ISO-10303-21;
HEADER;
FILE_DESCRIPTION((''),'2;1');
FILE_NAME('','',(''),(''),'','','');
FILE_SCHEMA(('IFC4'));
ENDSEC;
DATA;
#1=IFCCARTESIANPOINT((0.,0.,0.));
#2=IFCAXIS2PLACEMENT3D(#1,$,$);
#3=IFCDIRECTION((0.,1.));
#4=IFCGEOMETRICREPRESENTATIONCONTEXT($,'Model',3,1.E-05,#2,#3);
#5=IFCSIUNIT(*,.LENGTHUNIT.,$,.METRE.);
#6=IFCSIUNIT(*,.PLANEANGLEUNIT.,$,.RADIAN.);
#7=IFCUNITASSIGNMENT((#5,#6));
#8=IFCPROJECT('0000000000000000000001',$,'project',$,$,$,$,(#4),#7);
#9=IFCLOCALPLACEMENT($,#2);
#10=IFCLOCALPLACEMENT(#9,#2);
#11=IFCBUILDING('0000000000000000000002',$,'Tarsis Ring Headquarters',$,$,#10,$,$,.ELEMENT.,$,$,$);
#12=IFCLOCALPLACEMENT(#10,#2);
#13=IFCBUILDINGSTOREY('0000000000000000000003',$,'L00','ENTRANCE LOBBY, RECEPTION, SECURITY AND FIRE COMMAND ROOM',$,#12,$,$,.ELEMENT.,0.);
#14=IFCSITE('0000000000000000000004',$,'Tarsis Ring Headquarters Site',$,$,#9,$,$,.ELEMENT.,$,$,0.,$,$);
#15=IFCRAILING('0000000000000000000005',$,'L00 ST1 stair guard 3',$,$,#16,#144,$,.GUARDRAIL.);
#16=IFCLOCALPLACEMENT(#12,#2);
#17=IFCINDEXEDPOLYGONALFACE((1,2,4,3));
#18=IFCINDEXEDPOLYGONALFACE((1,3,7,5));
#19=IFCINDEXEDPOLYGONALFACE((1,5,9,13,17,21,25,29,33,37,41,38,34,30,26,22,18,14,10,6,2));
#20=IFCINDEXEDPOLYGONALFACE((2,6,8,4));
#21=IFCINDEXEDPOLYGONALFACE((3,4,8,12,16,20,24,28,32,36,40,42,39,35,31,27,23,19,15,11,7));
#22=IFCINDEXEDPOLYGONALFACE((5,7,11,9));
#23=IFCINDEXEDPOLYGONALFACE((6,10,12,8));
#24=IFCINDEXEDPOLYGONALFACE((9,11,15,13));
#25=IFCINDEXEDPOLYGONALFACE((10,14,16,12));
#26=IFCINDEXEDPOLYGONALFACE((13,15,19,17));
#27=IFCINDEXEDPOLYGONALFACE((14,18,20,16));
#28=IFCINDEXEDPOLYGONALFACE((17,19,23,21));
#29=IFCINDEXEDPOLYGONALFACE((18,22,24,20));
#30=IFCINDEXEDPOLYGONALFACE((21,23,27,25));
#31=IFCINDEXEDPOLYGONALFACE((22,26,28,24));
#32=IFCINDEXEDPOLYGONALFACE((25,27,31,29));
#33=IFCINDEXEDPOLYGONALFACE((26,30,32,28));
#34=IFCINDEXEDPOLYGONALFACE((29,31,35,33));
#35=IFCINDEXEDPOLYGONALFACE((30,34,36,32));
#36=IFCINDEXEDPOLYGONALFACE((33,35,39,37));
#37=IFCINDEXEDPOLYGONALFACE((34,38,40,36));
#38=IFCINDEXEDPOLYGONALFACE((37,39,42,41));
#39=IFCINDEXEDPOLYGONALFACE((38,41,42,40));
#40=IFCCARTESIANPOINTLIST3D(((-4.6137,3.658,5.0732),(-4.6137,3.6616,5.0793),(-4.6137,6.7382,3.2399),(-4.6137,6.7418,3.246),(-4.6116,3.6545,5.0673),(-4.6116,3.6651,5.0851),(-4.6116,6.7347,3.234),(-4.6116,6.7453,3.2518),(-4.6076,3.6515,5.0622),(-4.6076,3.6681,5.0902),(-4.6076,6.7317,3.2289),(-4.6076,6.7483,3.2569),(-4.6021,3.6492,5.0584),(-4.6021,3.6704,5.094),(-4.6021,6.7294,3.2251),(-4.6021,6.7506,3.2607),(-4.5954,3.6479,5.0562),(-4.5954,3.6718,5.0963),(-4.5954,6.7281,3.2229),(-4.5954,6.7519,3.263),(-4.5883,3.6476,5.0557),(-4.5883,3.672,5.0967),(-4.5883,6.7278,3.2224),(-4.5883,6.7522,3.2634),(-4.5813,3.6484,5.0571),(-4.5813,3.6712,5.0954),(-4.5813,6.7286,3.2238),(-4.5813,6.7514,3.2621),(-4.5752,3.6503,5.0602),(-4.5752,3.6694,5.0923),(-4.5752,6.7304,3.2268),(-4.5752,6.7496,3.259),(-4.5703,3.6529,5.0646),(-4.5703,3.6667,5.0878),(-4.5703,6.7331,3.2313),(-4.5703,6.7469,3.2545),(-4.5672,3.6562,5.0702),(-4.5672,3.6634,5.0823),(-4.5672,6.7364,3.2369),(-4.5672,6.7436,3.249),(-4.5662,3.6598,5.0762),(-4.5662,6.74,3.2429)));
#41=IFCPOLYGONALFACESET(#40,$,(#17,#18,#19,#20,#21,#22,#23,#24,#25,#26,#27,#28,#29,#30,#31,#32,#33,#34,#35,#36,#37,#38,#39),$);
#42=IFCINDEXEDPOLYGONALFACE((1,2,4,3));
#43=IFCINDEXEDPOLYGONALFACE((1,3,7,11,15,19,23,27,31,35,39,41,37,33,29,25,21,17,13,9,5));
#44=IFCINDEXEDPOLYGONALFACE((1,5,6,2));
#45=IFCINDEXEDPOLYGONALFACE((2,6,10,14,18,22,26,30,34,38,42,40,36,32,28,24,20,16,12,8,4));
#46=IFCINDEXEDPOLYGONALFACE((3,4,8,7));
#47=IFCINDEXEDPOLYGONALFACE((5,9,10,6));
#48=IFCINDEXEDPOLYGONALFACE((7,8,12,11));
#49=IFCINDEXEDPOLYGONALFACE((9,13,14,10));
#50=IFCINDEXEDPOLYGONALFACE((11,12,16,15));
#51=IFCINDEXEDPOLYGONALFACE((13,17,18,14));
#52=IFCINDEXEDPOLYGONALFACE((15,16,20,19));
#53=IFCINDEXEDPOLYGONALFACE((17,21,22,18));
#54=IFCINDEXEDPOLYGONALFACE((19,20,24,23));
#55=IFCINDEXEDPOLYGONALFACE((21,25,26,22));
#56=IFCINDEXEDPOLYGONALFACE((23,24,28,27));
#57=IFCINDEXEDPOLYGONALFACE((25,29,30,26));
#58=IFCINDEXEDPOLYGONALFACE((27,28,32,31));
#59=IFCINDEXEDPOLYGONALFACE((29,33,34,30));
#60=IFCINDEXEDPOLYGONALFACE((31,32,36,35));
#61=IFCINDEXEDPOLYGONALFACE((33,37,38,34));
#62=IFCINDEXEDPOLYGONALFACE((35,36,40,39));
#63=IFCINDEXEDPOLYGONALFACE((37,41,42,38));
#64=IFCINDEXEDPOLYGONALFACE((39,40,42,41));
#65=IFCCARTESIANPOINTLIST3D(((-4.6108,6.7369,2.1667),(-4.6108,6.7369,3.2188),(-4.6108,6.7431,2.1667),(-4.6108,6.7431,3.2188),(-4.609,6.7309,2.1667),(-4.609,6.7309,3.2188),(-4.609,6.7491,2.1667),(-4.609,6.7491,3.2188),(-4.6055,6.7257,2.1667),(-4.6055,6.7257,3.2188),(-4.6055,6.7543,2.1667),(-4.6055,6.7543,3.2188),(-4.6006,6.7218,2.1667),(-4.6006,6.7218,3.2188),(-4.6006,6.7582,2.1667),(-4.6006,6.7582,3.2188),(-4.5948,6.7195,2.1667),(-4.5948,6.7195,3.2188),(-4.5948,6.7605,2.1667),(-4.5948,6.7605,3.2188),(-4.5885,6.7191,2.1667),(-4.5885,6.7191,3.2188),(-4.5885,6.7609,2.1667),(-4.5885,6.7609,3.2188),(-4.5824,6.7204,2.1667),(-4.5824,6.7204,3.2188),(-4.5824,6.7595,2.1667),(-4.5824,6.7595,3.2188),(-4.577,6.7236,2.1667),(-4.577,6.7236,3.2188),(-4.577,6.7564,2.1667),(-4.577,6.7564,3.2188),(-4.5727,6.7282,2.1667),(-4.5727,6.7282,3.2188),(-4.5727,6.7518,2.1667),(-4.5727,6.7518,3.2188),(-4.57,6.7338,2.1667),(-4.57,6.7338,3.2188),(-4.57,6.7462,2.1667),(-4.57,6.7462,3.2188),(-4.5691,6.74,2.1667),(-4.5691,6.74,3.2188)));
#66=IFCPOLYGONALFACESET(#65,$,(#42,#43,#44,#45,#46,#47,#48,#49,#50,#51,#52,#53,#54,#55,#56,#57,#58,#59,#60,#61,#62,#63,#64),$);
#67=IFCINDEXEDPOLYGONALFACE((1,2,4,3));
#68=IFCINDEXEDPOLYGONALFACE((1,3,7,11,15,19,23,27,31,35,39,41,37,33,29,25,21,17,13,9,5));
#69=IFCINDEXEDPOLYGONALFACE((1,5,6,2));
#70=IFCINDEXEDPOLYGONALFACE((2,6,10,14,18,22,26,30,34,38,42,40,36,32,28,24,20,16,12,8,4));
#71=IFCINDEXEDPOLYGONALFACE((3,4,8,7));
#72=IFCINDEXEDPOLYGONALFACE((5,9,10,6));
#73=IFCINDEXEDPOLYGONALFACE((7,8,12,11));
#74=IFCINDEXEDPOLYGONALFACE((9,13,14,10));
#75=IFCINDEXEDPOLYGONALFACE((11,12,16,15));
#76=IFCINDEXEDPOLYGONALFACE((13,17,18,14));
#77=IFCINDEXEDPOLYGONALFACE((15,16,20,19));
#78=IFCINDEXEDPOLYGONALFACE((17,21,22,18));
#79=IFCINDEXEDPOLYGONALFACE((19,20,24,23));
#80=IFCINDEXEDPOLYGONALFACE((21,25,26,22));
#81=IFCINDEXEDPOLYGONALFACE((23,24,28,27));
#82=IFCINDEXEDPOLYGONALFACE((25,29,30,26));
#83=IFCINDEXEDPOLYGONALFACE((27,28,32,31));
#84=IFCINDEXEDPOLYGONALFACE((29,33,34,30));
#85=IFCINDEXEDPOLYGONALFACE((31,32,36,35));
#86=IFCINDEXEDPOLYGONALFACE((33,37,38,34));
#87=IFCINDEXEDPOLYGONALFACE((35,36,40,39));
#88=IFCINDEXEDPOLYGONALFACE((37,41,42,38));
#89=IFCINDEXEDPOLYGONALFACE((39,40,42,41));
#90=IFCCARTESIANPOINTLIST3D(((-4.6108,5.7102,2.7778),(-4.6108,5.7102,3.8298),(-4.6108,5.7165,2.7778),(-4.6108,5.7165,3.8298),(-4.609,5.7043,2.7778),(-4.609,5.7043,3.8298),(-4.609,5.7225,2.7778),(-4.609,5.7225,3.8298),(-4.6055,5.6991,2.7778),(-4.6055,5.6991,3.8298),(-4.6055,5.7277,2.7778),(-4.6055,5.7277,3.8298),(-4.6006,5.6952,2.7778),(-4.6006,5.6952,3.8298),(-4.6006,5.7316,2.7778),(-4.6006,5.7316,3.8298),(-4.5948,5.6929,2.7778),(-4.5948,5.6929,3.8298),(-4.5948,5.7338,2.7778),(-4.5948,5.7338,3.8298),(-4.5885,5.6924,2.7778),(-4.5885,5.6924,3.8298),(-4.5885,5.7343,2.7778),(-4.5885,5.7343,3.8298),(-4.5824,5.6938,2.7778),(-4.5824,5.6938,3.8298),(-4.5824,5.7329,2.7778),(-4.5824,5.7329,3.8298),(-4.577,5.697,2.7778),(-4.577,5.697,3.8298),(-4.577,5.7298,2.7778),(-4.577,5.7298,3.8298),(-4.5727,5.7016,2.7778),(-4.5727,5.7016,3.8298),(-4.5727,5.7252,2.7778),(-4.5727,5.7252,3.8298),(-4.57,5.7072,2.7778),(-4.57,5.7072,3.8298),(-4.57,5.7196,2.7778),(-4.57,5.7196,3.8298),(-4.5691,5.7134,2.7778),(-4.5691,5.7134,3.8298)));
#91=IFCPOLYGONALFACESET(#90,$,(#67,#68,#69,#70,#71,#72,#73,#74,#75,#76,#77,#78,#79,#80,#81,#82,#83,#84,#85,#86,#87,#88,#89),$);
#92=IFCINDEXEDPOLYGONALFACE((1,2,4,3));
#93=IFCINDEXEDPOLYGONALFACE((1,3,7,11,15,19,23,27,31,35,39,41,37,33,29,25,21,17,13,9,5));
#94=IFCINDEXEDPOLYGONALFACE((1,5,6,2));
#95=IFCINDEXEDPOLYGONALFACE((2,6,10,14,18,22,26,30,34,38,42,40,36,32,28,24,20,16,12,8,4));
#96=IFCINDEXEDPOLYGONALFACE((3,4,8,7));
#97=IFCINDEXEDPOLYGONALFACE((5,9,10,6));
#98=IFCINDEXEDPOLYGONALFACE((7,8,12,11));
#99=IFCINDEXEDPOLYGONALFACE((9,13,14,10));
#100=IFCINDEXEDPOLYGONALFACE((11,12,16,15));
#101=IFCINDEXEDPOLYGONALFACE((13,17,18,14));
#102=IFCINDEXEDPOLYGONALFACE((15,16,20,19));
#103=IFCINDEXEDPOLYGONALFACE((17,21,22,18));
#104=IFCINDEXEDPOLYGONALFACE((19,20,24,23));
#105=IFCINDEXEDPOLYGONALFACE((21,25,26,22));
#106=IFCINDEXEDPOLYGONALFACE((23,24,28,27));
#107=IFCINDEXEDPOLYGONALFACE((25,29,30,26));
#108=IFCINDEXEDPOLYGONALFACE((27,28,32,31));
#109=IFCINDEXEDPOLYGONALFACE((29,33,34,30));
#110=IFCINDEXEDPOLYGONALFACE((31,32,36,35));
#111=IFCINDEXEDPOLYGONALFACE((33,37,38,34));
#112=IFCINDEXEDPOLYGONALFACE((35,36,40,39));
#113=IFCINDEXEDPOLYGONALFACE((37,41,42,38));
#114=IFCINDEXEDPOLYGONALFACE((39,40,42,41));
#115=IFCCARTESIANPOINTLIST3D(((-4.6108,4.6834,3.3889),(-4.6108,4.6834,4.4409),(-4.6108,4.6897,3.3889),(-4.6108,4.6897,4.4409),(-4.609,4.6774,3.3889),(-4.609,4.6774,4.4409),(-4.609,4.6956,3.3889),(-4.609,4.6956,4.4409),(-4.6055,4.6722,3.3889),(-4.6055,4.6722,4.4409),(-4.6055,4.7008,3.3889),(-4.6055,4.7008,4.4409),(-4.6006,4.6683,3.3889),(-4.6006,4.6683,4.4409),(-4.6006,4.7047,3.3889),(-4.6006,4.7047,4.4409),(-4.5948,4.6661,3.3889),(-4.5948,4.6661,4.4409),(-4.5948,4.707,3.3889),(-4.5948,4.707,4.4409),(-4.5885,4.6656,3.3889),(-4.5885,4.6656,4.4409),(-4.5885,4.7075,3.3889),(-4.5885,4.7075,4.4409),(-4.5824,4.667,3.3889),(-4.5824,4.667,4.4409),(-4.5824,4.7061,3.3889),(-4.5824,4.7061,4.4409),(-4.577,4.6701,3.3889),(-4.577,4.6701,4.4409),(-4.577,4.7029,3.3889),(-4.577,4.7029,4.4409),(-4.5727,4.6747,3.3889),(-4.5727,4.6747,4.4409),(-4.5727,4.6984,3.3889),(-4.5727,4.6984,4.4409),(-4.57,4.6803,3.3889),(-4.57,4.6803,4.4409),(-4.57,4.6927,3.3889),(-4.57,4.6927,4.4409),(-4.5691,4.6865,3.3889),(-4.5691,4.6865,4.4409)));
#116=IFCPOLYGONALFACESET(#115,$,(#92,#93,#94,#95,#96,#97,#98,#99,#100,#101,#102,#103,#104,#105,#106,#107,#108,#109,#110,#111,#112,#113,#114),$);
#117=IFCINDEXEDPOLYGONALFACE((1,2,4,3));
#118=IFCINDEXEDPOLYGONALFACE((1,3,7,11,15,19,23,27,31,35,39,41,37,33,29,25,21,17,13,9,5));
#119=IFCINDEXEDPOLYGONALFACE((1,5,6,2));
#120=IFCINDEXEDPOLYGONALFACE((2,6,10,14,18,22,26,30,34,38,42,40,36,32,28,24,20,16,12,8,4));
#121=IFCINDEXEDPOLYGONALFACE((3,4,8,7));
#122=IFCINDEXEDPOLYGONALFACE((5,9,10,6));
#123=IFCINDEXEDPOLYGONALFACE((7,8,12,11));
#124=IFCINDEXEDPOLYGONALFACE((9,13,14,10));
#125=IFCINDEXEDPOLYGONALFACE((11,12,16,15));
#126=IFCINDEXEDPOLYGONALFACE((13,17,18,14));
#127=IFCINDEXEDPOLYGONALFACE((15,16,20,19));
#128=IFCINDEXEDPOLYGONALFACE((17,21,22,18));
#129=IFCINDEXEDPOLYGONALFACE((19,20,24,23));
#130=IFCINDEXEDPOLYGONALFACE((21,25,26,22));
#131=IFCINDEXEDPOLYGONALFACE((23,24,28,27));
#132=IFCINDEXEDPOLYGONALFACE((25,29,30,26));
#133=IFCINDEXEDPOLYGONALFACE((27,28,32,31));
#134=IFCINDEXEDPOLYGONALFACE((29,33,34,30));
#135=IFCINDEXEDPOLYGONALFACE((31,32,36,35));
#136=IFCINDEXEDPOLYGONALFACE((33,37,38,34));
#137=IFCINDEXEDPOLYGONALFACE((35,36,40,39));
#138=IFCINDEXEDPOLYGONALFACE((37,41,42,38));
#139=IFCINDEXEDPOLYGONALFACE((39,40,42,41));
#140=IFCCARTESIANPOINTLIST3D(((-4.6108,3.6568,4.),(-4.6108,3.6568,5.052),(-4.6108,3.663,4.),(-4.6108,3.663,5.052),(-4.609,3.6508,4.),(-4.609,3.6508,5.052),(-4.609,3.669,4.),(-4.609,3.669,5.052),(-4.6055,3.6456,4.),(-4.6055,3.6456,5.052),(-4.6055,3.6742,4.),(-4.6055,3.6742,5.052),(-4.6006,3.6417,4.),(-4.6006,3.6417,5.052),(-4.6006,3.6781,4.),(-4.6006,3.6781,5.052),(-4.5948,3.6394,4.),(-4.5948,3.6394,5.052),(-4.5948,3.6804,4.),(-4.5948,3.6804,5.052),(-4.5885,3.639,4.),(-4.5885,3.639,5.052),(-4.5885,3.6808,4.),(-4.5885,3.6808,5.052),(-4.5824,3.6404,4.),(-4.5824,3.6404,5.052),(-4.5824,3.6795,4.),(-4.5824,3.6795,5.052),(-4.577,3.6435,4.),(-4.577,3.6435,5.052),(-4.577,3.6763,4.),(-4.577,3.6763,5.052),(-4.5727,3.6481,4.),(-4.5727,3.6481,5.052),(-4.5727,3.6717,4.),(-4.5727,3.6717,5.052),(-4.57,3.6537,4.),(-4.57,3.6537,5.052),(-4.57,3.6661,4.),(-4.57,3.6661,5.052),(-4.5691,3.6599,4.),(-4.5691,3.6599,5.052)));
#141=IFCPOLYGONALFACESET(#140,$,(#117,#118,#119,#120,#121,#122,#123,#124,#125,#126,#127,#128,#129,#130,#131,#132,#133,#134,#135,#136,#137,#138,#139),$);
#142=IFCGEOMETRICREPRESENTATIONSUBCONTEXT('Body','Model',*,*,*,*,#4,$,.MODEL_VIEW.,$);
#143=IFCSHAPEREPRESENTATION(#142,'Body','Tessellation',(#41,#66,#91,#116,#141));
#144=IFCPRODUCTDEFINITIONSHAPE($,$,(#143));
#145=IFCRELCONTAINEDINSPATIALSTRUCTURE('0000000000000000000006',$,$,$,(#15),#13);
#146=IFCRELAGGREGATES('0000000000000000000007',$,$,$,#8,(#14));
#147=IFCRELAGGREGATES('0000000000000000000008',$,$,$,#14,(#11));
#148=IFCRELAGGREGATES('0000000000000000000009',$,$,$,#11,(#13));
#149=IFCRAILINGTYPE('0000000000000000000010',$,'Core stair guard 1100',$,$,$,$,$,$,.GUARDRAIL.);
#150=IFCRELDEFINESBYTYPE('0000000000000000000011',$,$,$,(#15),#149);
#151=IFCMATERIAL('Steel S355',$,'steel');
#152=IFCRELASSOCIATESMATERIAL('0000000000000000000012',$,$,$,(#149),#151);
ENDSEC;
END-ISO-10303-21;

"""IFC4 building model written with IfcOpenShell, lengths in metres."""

from ifc_helpers import new_model, si_unit, direction, frame, origin, origin_2d, place, context, subcontext, project, spatial, circle, extrude, material, type_object, element, save


model = new_model("IFC4")

# Units and contexts
model_context = context("Model", 3, precision=1e-05, world=origin(), true_north=direction((0.0, 1.0)))
body_context = subcontext(model_context, "Body", "Model", "MODEL_VIEW")
ifc_project = project(units=[si_unit("LENGTHUNIT", "METRE"), si_unit("PLANEANGLEUNIT", "RADIAN")], contexts=[model_context])

# Site, building, storey
site_placement = place(None, origin())
site = spatial("IfcSite", under=ifc_project, at=site_placement, Name="Tarsis Ring Headquarters Site", CompositionType="ELEMENT", RefElevation=0.0)
building_placement = place(site_placement, origin())
building = spatial("IfcBuilding", under=site, at=building_placement, Name="Tarsis Ring Headquarters", CompositionType="ELEMENT")
storey_placement = place(building_placement, origin())
storey = spatial("IfcBuildingStorey", under=building, at=storey_placement, Name="L00", Description="ENTRANCE LOBBY, RECEPTION, SECURITY AND FIRE COMMAND ROOM", CompositionType="ELEMENT", Elevation=0.0)

# Railing
ifc_material_1 = material(Name="Steel S355", Category="steel")
railing_type_1 = type_object("IfcRailingType", Name="Core stair guard 1100", PredefinedType="GUARDRAIL", material=ifc_material_1)
railing_1_placement = place(storey_placement, frame((-4.5901, 6.74, 2.1667)))
element("IfcRailing", 1, at=railing_1_placement, inside=storey, type_object=railing_type_1, Name="L00 ST1 stair guard 3", PredefinedType="GUARDRAIL", context=body_context, shape_type="SweptSolid", body=[
    extrude(circle(Radius=0.0239, at=origin_2d()), frame((0.0, 0.0, 1.0762), z_axis=(0.0, -0.859309, 0.511458), x_axis=(1.0, 0.0, 0.0)), (0.0, 0.0, 1.0), 3.5845),
    extrude(circle(Radius=0.021, at=origin_2d()), origin(), (0.0, 0.0, 1.0), 1.052),
    extrude(circle(Radius=0.021, at=origin_2d()), frame((0.0, -1.0266, 0.6111)), (0.0, 0.0, 1.0), 1.052),
    extrude(circle(Radius=0.021, at=origin_2d()), frame((0.0, -2.0535, 1.2222)), (0.0, 0.0, 1.0), 1.052),
    extrude(circle(Radius=0.021, at=origin_2d()), frame((0.0, -3.0801, 1.8333)), (0.0, 0.0, 1.0), 1.052),
])

save(model, "model.ifc")
